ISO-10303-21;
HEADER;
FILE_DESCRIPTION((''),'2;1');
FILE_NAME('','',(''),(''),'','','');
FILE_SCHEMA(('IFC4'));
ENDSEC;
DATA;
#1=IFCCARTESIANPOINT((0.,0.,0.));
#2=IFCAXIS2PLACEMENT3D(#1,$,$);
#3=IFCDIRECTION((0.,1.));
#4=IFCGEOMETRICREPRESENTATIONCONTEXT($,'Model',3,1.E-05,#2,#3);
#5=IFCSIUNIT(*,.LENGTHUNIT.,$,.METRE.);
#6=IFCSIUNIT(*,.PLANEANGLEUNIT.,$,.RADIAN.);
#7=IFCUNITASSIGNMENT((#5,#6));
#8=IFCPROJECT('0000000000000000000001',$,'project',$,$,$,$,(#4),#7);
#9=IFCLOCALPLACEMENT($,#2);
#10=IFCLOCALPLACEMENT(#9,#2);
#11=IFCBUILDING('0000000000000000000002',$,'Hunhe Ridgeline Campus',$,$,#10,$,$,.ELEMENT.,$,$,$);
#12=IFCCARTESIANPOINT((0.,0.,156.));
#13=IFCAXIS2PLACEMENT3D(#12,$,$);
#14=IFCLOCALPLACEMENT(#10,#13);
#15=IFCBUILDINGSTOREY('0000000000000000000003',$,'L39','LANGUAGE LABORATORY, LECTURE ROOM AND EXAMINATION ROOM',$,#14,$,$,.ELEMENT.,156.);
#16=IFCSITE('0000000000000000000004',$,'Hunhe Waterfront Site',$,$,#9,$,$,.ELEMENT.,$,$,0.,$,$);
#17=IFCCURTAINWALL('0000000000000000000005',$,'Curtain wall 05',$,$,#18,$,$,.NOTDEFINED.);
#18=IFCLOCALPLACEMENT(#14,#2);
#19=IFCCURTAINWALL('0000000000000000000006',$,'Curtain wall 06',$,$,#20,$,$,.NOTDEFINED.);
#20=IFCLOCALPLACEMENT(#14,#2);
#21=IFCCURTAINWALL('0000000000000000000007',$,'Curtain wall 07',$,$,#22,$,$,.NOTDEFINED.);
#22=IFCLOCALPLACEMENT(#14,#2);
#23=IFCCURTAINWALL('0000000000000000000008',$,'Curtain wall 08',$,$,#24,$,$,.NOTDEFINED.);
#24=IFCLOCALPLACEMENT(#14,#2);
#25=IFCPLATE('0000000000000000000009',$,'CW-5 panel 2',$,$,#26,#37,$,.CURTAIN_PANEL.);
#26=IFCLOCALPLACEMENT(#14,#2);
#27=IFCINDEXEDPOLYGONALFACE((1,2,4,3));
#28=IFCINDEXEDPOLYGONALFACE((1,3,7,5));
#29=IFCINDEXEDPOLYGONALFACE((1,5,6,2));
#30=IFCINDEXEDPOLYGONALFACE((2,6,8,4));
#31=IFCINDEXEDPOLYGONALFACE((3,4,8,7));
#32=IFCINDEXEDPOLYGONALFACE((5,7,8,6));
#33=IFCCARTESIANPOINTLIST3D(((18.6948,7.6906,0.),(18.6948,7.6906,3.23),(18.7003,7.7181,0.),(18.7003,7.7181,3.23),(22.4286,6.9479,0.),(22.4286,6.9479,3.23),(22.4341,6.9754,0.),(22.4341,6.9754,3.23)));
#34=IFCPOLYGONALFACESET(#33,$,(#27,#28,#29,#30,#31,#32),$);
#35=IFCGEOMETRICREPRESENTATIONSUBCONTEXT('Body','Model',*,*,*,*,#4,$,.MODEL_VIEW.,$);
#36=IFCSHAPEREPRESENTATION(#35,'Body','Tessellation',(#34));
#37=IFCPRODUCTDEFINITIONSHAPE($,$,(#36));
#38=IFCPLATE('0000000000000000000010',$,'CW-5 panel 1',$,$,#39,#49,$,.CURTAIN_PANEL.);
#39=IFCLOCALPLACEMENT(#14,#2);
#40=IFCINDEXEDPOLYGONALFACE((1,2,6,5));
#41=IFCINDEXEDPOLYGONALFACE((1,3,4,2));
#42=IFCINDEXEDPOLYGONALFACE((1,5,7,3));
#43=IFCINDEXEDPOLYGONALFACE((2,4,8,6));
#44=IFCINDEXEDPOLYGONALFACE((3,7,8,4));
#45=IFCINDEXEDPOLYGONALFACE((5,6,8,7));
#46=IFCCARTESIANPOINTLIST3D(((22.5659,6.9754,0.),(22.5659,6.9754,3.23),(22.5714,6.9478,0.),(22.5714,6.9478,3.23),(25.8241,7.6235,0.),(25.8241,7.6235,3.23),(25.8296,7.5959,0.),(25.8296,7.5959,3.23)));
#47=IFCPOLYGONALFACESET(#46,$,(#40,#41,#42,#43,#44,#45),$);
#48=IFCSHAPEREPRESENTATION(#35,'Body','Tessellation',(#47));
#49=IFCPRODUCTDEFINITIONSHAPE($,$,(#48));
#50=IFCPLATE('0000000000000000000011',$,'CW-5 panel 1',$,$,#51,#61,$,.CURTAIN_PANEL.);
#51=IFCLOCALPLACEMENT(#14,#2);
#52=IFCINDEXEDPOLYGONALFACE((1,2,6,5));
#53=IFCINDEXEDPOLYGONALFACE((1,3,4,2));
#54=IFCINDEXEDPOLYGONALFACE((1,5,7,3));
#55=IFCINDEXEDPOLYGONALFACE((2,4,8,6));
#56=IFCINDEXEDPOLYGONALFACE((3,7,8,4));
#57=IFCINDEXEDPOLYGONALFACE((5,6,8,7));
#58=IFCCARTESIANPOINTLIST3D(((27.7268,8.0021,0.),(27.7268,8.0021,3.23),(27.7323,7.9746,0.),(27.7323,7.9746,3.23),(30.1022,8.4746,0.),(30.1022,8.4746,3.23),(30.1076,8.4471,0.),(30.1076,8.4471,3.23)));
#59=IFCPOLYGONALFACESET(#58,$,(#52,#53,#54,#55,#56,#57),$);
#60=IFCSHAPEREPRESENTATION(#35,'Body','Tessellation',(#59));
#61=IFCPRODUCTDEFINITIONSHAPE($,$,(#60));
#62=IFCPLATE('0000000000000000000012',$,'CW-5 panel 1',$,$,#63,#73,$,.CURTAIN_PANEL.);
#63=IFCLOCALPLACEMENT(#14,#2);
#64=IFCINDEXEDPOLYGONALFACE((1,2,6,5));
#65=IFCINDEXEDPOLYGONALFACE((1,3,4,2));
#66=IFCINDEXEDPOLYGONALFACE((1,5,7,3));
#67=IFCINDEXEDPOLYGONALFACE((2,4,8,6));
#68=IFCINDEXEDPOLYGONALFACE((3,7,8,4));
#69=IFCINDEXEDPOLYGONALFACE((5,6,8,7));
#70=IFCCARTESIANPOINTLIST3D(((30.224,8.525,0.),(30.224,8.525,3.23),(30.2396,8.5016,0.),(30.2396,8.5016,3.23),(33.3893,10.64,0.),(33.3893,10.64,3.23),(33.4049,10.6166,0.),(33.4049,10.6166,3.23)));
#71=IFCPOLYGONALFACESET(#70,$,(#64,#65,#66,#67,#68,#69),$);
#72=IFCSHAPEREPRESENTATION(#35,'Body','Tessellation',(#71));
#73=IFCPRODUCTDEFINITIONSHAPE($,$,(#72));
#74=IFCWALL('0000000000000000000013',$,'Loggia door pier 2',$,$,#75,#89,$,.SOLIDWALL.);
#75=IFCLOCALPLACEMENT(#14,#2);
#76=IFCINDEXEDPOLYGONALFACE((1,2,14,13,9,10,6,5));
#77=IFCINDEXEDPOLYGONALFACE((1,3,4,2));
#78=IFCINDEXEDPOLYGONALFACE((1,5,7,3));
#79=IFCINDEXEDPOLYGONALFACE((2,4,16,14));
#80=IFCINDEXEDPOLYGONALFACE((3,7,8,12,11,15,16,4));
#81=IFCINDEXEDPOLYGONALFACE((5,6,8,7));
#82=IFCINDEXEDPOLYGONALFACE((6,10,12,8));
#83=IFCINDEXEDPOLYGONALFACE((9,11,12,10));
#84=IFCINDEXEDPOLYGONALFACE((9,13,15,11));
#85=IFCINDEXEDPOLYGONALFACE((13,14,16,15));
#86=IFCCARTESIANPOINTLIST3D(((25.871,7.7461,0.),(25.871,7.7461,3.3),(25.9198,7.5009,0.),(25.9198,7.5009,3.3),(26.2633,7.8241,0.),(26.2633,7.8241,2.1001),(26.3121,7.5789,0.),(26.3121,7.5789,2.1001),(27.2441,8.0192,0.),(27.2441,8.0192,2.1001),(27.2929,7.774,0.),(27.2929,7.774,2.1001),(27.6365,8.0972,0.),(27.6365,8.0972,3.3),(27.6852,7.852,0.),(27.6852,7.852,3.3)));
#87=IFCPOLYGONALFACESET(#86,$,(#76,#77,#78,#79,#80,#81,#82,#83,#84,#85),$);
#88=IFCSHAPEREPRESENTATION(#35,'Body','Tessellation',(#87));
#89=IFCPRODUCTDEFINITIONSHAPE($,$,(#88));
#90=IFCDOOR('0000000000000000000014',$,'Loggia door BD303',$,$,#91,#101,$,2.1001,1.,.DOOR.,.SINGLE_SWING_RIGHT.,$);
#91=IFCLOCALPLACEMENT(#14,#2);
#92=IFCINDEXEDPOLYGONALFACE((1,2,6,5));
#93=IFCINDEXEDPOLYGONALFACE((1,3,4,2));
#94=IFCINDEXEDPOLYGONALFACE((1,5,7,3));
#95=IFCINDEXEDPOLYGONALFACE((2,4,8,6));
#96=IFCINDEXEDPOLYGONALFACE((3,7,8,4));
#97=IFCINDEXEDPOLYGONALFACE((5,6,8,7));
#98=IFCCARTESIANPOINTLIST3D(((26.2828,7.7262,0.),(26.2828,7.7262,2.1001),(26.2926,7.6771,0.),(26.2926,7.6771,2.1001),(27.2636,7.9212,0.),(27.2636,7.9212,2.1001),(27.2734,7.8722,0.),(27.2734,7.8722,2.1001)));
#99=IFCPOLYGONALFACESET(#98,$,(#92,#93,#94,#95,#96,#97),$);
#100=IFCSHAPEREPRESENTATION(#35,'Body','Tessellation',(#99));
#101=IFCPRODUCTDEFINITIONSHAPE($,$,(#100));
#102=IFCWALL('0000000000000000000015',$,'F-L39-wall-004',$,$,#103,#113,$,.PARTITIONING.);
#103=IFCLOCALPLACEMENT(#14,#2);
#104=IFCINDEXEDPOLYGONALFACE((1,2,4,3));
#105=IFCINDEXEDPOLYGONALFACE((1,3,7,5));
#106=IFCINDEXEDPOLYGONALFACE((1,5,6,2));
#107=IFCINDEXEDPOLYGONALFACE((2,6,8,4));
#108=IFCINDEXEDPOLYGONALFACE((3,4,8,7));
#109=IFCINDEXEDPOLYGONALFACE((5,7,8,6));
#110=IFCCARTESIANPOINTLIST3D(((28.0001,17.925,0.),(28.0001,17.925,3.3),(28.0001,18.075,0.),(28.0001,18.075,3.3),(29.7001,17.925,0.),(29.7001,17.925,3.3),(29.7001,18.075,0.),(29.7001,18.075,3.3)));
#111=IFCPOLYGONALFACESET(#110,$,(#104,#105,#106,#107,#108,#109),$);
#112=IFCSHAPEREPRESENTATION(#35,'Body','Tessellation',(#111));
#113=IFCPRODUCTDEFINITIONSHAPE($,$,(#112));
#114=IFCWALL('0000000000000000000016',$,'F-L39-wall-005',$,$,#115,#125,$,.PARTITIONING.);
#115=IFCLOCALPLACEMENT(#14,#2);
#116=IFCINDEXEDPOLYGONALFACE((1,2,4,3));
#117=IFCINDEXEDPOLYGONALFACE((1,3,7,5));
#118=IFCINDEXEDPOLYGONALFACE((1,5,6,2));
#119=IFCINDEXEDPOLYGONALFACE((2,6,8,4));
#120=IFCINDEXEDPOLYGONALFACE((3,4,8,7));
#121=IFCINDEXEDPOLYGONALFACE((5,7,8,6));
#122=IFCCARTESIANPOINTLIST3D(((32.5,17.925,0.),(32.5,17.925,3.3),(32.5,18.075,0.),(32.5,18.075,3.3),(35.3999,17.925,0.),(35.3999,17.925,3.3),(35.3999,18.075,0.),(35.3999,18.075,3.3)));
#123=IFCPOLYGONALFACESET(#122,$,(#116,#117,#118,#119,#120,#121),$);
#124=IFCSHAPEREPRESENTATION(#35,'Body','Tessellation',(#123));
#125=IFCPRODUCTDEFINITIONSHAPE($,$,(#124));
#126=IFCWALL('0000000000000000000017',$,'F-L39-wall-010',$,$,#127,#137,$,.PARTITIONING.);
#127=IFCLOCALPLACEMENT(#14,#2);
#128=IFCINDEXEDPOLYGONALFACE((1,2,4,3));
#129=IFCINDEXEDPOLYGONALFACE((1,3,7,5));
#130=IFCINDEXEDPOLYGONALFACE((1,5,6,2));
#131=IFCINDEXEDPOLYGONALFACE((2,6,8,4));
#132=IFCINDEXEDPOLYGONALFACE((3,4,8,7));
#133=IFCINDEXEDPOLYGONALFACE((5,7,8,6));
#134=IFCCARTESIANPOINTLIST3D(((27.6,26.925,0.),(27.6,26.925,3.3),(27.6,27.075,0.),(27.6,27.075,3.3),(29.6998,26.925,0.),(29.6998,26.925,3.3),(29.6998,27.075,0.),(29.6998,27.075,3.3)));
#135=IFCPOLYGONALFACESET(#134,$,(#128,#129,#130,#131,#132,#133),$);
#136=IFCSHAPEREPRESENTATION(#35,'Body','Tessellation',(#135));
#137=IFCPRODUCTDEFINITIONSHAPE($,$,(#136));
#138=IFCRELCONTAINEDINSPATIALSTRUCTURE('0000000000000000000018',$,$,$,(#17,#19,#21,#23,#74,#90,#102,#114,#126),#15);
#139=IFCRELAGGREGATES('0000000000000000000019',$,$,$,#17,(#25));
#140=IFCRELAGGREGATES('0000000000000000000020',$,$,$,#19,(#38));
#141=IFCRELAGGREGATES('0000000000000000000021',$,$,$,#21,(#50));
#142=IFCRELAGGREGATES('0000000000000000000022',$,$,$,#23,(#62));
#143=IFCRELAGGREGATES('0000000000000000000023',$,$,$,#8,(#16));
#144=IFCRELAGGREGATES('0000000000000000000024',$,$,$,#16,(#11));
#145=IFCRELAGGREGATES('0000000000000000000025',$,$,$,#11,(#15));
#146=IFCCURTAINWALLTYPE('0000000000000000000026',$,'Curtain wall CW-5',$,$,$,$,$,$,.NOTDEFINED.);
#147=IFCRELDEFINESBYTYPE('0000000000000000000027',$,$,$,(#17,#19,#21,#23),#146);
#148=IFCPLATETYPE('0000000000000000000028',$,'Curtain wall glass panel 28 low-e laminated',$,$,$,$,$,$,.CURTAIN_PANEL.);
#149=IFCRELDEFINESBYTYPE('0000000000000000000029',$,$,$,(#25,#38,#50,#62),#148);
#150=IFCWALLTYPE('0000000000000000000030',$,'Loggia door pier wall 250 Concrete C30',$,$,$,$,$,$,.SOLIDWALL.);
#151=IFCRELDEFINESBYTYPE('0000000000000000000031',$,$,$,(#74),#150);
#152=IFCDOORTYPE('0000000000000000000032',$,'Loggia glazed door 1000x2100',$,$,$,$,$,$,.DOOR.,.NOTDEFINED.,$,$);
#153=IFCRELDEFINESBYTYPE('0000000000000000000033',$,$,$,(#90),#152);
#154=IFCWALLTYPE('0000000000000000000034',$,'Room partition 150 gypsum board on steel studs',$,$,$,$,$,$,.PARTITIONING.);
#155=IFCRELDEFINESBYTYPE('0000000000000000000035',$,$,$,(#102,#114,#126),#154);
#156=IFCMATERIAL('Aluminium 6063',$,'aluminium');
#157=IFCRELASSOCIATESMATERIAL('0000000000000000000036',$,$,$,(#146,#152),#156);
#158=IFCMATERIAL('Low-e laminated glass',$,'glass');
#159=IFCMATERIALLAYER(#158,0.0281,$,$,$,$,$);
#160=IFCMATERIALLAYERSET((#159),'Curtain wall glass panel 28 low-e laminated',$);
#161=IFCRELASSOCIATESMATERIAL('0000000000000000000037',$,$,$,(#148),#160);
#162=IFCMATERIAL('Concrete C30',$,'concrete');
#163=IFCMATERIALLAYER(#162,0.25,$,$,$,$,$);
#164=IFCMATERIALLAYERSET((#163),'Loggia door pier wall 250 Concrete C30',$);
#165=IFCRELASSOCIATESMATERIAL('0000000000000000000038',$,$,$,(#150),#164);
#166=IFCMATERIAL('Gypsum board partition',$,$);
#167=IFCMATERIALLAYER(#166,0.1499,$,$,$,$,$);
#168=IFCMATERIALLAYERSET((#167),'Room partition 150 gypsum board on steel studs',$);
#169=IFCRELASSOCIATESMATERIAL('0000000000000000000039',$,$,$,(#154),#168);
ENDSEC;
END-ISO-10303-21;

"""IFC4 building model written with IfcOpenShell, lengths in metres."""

from ifc_helpers import new_model, si_unit, direction, frame, frame_2d, origin, origin_2d, place, context, subcontext, project, spatial, rectangle, extrude, material, layer, layer_set, type_object, element, fill, aggregate, save


model = new_model("IFC4")

# Units and contexts
model_context = context("Model", 3, precision=1e-05, world=origin(), true_north=direction((0.0, 1.0)))
body_context = subcontext(model_context, "Body", "Model", "MODEL_VIEW")
ifc_project = project(units=[si_unit("LENGTHUNIT", "METRE"), si_unit("PLANEANGLEUNIT", "RADIAN")], contexts=[model_context])

# Site, building, storey
site_placement = place(None, origin())
site = spatial("IfcSite", under=ifc_project, at=site_placement, Name="Hunhe Waterfront Site", CompositionType="ELEMENT", RefElevation=0.0)
building_placement = place(site_placement, origin())
building = spatial("IfcBuilding", under=site, at=building_placement, Name="Hunhe Ridgeline Campus", CompositionType="ELEMENT")
storey_placement = place(building_placement, frame((0.0, 0.0, 156.0)))
storey = spatial("IfcBuildingStorey", under=building, at=storey_placement, Name="L39", Description="LANGUAGE LABORATORY, LECTURE ROOM AND EXAMINATION ROOM", CompositionType="ELEMENT", Elevation=156.0)

# Curtain wall
ifc_material_1 = material(Name="Aluminium 6063", Category="aluminium")
curtain_wall_type = type_object("IfcCurtainWallType", Name="Curtain wall CW-5", PredefinedType="NOTDEFINED", material=ifc_material_1)
curtain_wall_1_placement = place(storey_placement, origin())
curtain_wall_1 = element("IfcCurtainWall", 1, at=curtain_wall_1_placement, inside=storey, type_object=curtain_wall_type, Name="Curtain wall 05", PredefinedType="NOTDEFINED")

# Curtain walls
curtain_wall_2_placement = place(storey_placement, origin())
curtain_wall_2 = element("IfcCurtainWall", 2, at=curtain_wall_2_placement, inside=storey, type_object=curtain_wall_type, Name="Curtain wall 06", PredefinedType="NOTDEFINED")
curtain_wall_3_placement = place(storey_placement, origin())
curtain_wall_3 = element("IfcCurtainWall", 3, at=curtain_wall_3_placement, inside=storey, type_object=curtain_wall_type, Name="Curtain wall 07", PredefinedType="NOTDEFINED")

# Curtain wall
curtain_wall_4_placement = place(storey_placement, origin())
curtain_wall_4 = element("IfcCurtainWall", 4, at=curtain_wall_4_placement, inside=storey, type_object=curtain_wall_type, Name="Curtain wall 08", PredefinedType="NOTDEFINED")

# Plates
ifc_material_2 = material(Name="Low-e laminated glass", Category="glass")
ifc_layer_1 = layer(ifc_material_2, 0.0281)
ifc_layer_set_1 = layer_set([ifc_layer_1], Name="Curtain wall glass panel 28 low-e laminated")
plate_type = type_object("IfcPlateType", Name="Curtain wall glass panel 28 low-e laminated", PredefinedType="CURTAIN_PANEL", material=ifc_layer_set_1)
plate_1_placement = place(storey_placement, frame((20.5645, 7.333, 0.0), z_axis=(0.0, 0.0, 1.0), x_axis=(0.980785, -0.19509, 0.0)))
plate_1 = element("IfcPlate", 5, at=plate_1_placement, type_object=plate_type, Name="CW-5 panel 2", PredefinedType="CURTAIN_PANEL", context=body_context, shape_type="SweptSolid", body=[
    extrude(rectangle(XDim=3.8069, YDim=0.0281, at=origin_2d()), origin(), (0.0, 0.0, 1.0), 3.23),
])
aggregate(curtain_wall_1, [plate_1])
plate_2_placement = place(storey_placement, frame((24.1978, 7.2856, 0.0), z_axis=(0.0, 0.0, 1.0), x_axis=(0.980785, 0.19509, 0.0)))
plate_2 = element("IfcPlate", 6, at=plate_2_placement, type_object=plate_type, Name="CW-5 panel 1", PredefinedType="CURTAIN_PANEL", context=body_context, shape_type="SweptSolid", body=[
    extrude(rectangle(XDim=3.322, YDim=0.0281, at=origin_2d()), origin(), (0.0, 0.0, 1.0), 3.23),
])
aggregate(curtain_wall_2, [plate_2])
plate_3_placement = place(storey_placement, frame((28.9172, 8.2246, 0.0), z_axis=(0.0, 0.0, 1.0), x_axis=(0.980785, 0.195091, 0.0)))
plate_3 = element("IfcPlate", 7, at=plate_3_placement, type_object=plate_type, Name="CW-5 panel 1", PredefinedType="CURTAIN_PANEL", context=body_context, shape_type="SweptSolid", body=[
    extrude(rectangle(XDim=2.4219, YDim=0.0281, at=origin_2d()), origin(), (0.0, 0.0, 1.0), 3.23),
])
aggregate(curtain_wall_3, [plate_3])
plate_4_placement = place(storey_placement, frame((31.8145, 9.5708, 0.0), z_axis=(0.0, 0.0, 1.0), x_axis=(0.83147, 0.55557, 0.0)))
plate_4 = element("IfcPlate", 8, at=plate_4_placement, type_object=plate_type, Name="CW-5 panel 1", PredefinedType="CURTAIN_PANEL", context=body_context, shape_type="SweptSolid", body=[
    extrude(rectangle(XDim=3.8069, YDim=0.0281, at=origin_2d()), origin(), (0.0, 0.0, 1.0), 3.23),
])
aggregate(curtain_wall_4, [plate_4])

# Shared definitions
ifc_material_3 = material(Name="Gypsum board partition")

# Wall, opening, door
ifc_material_4 = material(Name="Concrete C30", Category="concrete")
ifc_layer_2 = layer(ifc_material_4, 0.25)
ifc_layer_set_2 = layer_set([ifc_layer_2], Name="Loggia door pier wall 250 Concrete C30")
wall_type_1 = type_object("IfcWallType", Name="Loggia door pier wall 250 Concrete C30", PredefinedType="SOLIDWALL", material=ifc_layer_set_2)
wall_1_placement = place(storey_placement, frame((25.8955, 7.6235, 0.0), z_axis=(0.0, 0.0, 1.0), x_axis=(0.980794, 0.195047, 0.0)))
wall_1 = element("IfcWall", 9, at=wall_1_placement, inside=storey, type_object=wall_type_1, Name="Loggia door pier 2", PredefinedType="SOLIDWALL", context=body_context, shape_type="SweptSolid", body=[
    extrude(rectangle(XDim=1.8, YDim=0.25, at=frame_2d((0.8999, 0.0))), origin(), (0.0, 0.0, 1.0), 3.3),
])
opening_1_placement = place(wall_1_placement, frame((0.3999, 0.0, 0.0)))
opening_1 = element("IfcOpeningElement", 10, at=opening_1_placement, cuts=wall_1, PredefinedType="OPENING", context=body_context, shape_type="SweptSolid", body=[
    extrude(rectangle(XDim=1.0, YDim=2.1001, at=frame_2d((0.5, 1.05))), frame((0.0, 0.125, 0.0), z_axis=(0.0, -1.0, 0.0), x_axis=(1.0, 0.0, 0.0)), (0.0, 0.0, 1.0), 0.25),
])
door_type_1 = type_object("IfcDoorType", Name="Loggia glazed door 1000x2100", OperationType="NOTDEFINED", PredefinedType="DOOR", material=ifc_material_1)
door_1_placement = place(opening_1_placement, frame((1.0, 0.0, 0.0), z_axis=(0.0, 0.0, 1.0), x_axis=(-1.0, 0.0, 0.0)))
door_1 = element("IfcDoor", 11, at=door_1_placement, inside=storey, type_object=door_type_1, Name="Loggia door BD303", OperationType="SINGLE_SWING_RIGHT", OverallHeight=2.1001, OverallWidth=1.0, PredefinedType="DOOR", context=body_context, shape_type="SweptSolid", body=[
    extrude(rectangle(XDim=1.0, YDim=2.1001, at=frame_2d((0.5, 1.05))), frame((0.0, 0.0249, 0.0), z_axis=(0.0, -1.0, 0.0), x_axis=(1.0, 0.0, 0.0)), (0.0, 0.0, 1.0), 0.05),
])
fill(opening_1, door_1)

# Walls
ifc_layer_3 = layer(ifc_material_3, 0.1499)
ifc_layer_set_3 = layer_set([ifc_layer_3], Name="Room partition 150 gypsum board on steel studs")
wall_type_2 = type_object("IfcWallType", Name="Room partition 150 gypsum board on steel studs", PredefinedType="PARTITIONING", material=ifc_layer_set_3)
wall_2_placement = place(storey_placement, frame((28.0, 18.0, 0.0), z_axis=(0.0, 0.0, 1.0), x_axis=(1.0, 0.0, 0.0)))
element("IfcWall", 12, at=wall_2_placement, inside=storey, type_object=wall_type_2, Name="F-L39-wall-004", PredefinedType="PARTITIONING", context=body_context, shape_type="SweptSolid", body=[
    extrude(rectangle(XDim=1.7, YDim=0.1499, at=frame_2d((0.8501, 0.0))), origin(), (0.0, 0.0, 1.0), 3.3),
])
wall_3_placement = place(storey_placement, frame((32.5, 18.0, 0.0), z_axis=(0.0, 0.0, 1.0), x_axis=(1.0, 0.0, 0.0)))
element("IfcWall", 13, at=wall_3_placement, inside=storey, type_object=wall_type_2, Name="F-L39-wall-005", PredefinedType="PARTITIONING", context=body_context, shape_type="SweptSolid", body=[
    extrude(rectangle(XDim=2.8999, YDim=0.1499, at=frame_2d((1.45, 0.0))), origin(), (0.0, 0.0, 1.0), 3.3),
])
wall_4_placement = place(storey_placement, frame((27.6001, 27.0, 0.0), z_axis=(0.0, 0.0, 1.0), x_axis=(1.0, 0.0, 0.0)))
element("IfcWall", 14, at=wall_4_placement, inside=storey, type_object=wall_type_2, Name="F-L39-wall-010", PredefinedType="PARTITIONING", context=body_context, shape_type="SweptSolid", body=[
    extrude(rectangle(XDim=2.0999, YDim=0.1499, at=frame_2d((1.0498, 0.0))), origin(), (0.0, 0.0, 1.0), 3.3),
])

save(model, "model.ifc")
